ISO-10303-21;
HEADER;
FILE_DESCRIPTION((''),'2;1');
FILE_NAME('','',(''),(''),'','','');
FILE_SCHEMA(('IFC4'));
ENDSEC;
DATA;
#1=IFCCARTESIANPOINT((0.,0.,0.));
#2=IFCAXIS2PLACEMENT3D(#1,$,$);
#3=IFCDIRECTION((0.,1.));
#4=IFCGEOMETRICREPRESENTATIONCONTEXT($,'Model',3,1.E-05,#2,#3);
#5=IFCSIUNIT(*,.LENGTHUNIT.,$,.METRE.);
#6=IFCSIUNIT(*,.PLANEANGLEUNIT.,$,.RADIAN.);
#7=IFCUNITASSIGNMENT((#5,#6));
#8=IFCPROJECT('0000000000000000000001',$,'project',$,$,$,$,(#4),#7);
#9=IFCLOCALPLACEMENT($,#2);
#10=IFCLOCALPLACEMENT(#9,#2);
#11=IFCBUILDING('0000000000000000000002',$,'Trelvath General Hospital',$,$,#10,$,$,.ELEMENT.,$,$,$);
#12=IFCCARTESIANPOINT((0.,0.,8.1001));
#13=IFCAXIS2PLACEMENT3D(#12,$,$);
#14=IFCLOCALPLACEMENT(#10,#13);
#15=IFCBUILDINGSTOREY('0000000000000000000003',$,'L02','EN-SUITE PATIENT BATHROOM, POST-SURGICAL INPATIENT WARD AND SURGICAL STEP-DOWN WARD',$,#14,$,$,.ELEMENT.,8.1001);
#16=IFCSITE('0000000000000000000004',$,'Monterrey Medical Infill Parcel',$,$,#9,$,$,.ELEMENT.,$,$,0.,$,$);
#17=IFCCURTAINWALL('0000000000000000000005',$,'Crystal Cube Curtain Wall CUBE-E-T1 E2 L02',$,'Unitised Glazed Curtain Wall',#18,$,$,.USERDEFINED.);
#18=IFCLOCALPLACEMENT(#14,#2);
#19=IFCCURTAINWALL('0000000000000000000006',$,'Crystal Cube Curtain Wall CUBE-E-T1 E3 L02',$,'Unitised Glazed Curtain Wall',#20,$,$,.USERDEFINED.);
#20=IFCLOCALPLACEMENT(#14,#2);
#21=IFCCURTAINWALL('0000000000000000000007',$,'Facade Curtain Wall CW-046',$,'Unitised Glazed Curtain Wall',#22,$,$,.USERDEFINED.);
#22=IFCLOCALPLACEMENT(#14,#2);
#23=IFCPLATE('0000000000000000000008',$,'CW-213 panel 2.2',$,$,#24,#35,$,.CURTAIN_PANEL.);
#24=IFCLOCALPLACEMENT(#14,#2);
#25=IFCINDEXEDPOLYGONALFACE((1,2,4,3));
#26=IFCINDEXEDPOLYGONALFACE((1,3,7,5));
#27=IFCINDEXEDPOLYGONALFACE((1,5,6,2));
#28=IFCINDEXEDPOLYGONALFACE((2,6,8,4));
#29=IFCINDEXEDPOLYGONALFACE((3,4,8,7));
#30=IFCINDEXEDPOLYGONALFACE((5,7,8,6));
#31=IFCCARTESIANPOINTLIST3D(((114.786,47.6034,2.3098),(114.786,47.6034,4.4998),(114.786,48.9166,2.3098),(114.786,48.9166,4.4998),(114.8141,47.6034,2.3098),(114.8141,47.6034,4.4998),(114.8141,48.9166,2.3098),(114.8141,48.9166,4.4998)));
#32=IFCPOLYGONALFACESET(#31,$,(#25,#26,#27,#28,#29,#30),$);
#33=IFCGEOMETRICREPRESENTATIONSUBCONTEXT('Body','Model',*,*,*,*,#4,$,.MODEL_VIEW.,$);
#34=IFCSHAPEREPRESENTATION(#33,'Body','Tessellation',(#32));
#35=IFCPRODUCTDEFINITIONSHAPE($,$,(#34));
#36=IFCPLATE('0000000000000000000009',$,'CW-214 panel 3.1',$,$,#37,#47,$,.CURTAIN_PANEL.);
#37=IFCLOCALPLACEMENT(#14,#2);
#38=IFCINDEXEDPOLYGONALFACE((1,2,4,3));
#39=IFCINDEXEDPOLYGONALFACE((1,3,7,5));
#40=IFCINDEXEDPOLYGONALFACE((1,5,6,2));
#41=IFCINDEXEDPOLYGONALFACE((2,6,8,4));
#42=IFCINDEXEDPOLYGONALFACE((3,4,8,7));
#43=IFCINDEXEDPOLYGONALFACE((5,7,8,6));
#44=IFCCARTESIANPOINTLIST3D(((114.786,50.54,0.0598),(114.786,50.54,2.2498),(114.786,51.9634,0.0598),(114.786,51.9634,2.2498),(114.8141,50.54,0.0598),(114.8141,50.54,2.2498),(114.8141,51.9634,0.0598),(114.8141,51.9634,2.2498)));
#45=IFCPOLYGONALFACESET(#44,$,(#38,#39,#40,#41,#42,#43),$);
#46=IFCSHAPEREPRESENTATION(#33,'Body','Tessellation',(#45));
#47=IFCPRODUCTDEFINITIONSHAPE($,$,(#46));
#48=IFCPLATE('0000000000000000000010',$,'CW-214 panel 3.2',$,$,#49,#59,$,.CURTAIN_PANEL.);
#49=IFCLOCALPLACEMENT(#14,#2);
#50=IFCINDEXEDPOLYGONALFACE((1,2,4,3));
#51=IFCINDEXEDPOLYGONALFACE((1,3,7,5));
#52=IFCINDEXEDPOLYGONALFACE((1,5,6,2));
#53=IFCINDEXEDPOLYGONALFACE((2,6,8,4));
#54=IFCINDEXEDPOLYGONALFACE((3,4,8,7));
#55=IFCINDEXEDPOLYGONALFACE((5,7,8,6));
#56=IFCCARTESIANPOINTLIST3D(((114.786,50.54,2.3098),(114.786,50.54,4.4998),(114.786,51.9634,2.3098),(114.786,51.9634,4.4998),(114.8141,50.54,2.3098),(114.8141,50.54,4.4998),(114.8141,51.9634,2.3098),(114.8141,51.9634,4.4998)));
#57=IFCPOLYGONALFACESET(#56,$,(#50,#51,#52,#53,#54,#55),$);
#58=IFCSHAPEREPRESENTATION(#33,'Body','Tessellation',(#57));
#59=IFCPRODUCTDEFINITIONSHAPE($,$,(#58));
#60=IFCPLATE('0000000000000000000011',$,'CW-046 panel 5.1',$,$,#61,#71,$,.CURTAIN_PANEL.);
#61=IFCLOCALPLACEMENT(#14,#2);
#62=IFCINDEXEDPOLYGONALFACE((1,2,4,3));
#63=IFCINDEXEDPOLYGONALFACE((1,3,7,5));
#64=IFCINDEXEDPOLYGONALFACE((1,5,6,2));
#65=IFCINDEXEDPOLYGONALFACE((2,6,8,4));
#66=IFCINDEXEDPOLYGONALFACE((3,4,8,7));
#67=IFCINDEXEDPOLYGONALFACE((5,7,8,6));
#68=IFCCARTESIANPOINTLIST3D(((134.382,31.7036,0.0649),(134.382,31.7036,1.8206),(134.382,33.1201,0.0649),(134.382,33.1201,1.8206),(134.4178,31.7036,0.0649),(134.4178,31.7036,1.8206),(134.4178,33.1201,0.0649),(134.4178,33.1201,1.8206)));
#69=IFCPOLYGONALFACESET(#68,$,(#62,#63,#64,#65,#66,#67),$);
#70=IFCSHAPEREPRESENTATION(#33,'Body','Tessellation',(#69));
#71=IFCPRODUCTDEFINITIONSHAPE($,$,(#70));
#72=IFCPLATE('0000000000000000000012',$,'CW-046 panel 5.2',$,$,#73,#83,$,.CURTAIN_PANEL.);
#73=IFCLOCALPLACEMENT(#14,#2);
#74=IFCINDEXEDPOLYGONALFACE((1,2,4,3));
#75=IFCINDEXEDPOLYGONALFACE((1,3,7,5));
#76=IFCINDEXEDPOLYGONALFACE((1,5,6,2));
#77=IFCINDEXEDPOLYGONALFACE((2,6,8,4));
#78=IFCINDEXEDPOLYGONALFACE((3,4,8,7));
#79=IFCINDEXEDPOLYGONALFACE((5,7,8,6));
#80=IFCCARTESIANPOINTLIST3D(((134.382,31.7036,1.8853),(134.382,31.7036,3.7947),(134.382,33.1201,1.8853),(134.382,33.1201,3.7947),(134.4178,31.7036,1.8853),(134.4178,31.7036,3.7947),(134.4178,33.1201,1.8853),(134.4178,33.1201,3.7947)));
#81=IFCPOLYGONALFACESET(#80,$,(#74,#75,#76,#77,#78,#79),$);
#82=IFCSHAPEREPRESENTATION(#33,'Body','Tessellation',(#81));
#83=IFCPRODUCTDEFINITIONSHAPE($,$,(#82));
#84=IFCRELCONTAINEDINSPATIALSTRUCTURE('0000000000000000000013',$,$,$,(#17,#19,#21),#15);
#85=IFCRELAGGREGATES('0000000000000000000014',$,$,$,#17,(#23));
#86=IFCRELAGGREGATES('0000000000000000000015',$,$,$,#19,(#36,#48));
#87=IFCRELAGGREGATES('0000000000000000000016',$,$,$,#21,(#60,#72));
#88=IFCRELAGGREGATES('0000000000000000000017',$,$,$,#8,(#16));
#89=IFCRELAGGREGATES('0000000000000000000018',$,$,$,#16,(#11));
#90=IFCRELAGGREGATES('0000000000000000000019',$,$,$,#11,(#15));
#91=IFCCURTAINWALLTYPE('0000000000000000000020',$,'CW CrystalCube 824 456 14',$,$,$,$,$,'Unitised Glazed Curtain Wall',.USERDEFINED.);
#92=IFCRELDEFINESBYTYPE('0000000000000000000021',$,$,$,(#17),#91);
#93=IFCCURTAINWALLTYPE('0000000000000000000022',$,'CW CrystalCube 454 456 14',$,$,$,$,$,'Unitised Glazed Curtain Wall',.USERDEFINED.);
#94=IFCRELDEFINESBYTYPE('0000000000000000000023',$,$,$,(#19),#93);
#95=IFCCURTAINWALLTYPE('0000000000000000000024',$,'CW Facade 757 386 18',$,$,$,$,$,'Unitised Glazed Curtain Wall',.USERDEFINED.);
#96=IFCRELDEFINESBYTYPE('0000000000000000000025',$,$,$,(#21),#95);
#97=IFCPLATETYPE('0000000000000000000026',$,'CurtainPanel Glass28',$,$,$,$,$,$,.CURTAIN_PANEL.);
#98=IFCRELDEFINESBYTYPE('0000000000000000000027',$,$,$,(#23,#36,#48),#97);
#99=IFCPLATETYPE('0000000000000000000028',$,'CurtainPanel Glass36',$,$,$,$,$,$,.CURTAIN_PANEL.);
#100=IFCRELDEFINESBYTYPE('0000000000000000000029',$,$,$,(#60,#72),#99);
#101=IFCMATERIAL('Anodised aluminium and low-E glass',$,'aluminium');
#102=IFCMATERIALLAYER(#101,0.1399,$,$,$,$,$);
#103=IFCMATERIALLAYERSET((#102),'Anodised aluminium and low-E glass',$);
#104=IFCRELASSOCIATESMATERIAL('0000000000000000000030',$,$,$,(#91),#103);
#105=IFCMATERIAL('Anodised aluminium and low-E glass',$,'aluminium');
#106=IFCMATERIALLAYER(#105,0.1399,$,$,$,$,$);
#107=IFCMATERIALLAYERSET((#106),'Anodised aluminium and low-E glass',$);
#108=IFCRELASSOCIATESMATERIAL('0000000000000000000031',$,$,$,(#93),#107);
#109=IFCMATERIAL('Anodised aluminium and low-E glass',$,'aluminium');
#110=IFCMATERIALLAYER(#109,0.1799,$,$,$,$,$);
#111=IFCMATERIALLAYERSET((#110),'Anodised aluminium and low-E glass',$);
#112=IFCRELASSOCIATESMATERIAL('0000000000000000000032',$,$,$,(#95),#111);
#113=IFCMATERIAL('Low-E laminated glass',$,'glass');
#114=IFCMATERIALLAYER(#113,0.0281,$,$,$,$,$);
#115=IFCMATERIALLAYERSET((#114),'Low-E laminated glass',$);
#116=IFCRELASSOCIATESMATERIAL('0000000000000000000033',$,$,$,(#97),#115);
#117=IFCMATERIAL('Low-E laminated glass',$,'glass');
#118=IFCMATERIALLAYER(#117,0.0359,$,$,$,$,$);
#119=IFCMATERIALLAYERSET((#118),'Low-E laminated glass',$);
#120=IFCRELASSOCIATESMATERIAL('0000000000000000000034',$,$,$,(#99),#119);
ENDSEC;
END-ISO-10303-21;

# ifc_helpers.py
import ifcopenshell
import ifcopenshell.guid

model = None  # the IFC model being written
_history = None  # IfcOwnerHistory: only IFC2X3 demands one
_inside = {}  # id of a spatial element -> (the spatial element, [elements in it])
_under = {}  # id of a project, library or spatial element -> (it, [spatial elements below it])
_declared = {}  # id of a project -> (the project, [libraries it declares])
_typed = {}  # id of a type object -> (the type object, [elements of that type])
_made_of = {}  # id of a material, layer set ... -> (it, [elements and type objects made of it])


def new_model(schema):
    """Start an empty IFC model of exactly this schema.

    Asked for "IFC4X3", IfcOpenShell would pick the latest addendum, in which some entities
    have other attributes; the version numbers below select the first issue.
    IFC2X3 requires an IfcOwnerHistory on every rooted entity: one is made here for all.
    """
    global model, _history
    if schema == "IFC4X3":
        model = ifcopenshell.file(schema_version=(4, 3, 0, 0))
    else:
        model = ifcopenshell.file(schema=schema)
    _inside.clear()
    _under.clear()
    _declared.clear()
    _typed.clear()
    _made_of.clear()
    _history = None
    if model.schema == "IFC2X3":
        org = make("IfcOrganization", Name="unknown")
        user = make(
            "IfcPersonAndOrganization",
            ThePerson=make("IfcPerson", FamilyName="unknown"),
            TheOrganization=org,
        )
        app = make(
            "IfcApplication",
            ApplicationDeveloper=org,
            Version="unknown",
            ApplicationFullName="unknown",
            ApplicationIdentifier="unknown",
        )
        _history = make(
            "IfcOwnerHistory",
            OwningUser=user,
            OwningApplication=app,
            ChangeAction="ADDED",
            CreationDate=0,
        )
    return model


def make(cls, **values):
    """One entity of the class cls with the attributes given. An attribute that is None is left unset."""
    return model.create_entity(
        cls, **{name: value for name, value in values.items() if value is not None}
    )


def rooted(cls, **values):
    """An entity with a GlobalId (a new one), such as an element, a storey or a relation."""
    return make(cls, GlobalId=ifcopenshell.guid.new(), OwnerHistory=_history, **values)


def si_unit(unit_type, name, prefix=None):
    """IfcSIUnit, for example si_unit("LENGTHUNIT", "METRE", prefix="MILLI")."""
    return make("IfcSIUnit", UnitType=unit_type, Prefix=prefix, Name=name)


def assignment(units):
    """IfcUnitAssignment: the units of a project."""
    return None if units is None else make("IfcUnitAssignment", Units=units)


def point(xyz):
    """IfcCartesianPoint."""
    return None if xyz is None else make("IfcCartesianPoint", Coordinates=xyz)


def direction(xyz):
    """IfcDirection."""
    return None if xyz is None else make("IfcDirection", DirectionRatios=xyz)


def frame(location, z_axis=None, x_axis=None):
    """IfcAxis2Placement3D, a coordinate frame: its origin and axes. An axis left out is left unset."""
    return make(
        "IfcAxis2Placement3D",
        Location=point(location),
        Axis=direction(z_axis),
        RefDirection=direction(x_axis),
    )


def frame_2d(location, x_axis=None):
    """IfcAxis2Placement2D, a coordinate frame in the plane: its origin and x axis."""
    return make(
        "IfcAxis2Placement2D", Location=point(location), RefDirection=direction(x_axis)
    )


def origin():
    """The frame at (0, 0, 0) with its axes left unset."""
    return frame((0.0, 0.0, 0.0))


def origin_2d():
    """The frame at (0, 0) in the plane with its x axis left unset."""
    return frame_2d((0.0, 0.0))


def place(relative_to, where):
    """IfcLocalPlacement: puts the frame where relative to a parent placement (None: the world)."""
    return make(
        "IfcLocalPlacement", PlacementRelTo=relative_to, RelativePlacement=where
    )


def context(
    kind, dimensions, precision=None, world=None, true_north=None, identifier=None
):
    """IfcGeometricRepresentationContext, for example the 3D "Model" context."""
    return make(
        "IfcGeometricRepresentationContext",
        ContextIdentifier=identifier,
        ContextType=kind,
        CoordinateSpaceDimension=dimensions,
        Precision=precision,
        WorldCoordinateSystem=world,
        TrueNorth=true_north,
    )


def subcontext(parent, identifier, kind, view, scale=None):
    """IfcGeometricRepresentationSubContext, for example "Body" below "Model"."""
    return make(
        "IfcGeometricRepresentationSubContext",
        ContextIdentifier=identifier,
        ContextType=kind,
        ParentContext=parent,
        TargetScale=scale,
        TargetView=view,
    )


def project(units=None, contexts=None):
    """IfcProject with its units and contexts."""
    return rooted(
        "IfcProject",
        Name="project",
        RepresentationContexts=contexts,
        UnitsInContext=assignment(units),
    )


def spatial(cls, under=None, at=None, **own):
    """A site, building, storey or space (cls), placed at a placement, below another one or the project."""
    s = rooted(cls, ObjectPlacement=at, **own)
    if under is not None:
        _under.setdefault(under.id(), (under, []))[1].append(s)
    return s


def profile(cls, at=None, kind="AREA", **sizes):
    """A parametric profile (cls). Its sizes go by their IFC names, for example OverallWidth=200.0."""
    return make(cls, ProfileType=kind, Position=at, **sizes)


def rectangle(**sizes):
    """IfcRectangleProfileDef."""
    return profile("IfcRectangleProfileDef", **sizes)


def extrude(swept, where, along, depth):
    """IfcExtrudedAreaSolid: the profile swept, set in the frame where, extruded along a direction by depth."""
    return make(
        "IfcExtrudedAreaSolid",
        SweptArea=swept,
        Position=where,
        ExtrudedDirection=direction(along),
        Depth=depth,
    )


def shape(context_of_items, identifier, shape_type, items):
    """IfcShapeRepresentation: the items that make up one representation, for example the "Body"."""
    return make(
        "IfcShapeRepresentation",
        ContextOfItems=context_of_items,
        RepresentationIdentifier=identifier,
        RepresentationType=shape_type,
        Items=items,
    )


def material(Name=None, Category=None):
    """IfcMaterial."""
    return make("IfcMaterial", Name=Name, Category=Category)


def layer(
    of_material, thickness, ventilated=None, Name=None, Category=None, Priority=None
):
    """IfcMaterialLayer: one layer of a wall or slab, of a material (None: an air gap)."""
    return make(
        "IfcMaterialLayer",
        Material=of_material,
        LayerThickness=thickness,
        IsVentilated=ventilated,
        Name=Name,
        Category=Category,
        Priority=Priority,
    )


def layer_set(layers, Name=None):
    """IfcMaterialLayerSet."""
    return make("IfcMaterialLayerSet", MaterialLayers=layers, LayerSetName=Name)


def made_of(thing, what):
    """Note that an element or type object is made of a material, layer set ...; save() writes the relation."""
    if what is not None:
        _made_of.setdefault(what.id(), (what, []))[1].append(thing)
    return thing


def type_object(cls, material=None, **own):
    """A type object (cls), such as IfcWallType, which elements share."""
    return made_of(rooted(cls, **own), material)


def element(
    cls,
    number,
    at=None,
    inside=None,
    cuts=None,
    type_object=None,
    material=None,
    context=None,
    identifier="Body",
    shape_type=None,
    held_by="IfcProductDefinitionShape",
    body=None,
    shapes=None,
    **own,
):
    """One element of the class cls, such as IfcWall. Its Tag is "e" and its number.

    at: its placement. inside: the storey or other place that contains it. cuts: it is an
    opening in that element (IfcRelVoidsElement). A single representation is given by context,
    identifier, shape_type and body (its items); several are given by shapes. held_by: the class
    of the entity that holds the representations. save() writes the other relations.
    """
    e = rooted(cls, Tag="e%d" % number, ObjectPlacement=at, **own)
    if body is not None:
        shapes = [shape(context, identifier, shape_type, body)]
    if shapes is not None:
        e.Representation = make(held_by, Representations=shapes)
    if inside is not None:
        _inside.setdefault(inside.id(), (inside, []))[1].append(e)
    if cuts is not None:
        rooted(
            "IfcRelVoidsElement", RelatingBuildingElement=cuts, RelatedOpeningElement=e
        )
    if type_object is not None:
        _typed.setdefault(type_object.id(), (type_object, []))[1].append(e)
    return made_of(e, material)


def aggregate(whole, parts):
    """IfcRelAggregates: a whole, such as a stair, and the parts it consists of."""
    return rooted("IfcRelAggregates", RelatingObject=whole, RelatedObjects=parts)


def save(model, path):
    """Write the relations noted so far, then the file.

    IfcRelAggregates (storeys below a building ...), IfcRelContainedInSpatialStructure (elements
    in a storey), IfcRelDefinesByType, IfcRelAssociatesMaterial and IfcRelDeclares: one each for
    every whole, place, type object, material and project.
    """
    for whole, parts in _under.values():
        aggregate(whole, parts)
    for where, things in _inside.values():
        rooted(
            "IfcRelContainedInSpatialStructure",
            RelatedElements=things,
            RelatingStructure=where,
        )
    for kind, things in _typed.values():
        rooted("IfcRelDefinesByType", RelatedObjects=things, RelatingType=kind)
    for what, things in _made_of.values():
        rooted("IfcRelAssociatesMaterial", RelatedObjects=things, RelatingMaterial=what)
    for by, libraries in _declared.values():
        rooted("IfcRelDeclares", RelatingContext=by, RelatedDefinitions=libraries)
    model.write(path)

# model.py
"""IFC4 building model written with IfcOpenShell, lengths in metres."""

from ifc_helpers import new_model, si_unit, direction, frame, origin, origin_2d, place, context, subcontext, project, spatial, rectangle, extrude, material, layer, layer_set, type_object, element, aggregate, save


model = new_model("IFC4")

# Units and contexts
model_context = context("Model", 3, precision=1e-05, world=origin(), true_north=direction((0.0, 1.0)))
body_context = subcontext(model_context, "Body", "Model", "MODEL_VIEW")
ifc_project = project(units=[si_unit("LENGTHUNIT", "METRE"), si_unit("PLANEANGLEUNIT", "RADIAN")], contexts=[model_context])

# Site, building, storey
site_placement = place(None, origin())
site = spatial("IfcSite", under=ifc_project, at=site_placement, Name="Monterrey Medical Infill Parcel", CompositionType="ELEMENT", RefElevation=0.0)
building_placement = place(site_placement, origin())
building = spatial("IfcBuilding", under=site, at=building_placement, Name="Trelvath General Hospital", CompositionType="ELEMENT")
storey_placement = place(building_placement, frame((0.0, 0.0, 8.1001)))
storey = spatial("IfcBuildingStorey", under=building, at=storey_placement, Name="L02", Description="EN-SUITE PATIENT BATHROOM, POST-SURGICAL INPATIENT WARD AND SURGICAL STEP-DOWN WARD", CompositionType="ELEMENT", Elevation=8.1001)

# Curtain walls
ifc_material_1 = material(Name="Anodised aluminium and low-E glass", Category="aluminium")
ifc_layer_1 = layer(ifc_material_1, 0.1399)
ifc_layer_set_1 = layer_set([ifc_layer_1], Name="Anodised aluminium and low-E glass")
curtain_wall_type_1 = type_object("IfcCurtainWallType", Name="CW CrystalCube 824 456 14", ElementType="Unitised Glazed Curtain Wall", PredefinedType="USERDEFINED", material=ifc_layer_set_1)
curtain_wall_1_placement = place(storey_placement, origin())
curtain_wall_1 = element("IfcCurtainWall", 1, at=curtain_wall_1_placement, inside=storey, type_object=curtain_wall_type_1, Name="Crystal Cube Curtain Wall CUBE-E-T1 E2 L02", ObjectType="Unitised Glazed Curtain Wall", PredefinedType="USERDEFINED")
ifc_material_2 = material(Name="Anodised aluminium and low-E glass", Category="aluminium")
ifc_layer_2 = layer(ifc_material_2, 0.1399)
ifc_layer_set_2 = layer_set([ifc_layer_2], Name="Anodised aluminium and low-E glass")
curtain_wall_type_2 = type_object("IfcCurtainWallType", Name="CW CrystalCube 454 456 14", ElementType="Unitised Glazed Curtain Wall", PredefinedType="USERDEFINED", material=ifc_layer_set_2)
curtain_wall_2_placement = place(storey_placement, origin())
curtain_wall_2 = element("IfcCurtainWall", 2, at=curtain_wall_2_placement, inside=storey, type_object=curtain_wall_type_2, Name="Crystal Cube Curtain Wall CUBE-E-T1 E3 L02", ObjectType="Unitised Glazed Curtain Wall", PredefinedType="USERDEFINED")

# Curtain wall
ifc_material_3 = material(Name="Anodised aluminium and low-E glass", Category="aluminium")
ifc_layer_3 = layer(ifc_material_3, 0.1799)
ifc_layer_set_3 = layer_set([ifc_layer_3], Name="Anodised aluminium and low-E glass")
curtain_wall_type_3 = type_object("IfcCurtainWallType", Name="CW Facade 757 386 18", ElementType="Unitised Glazed Curtain Wall", PredefinedType="USERDEFINED", material=ifc_layer_set_3)
curtain_wall_3_placement = place(storey_placement, origin())
curtain_wall_3 = element("IfcCurtainWall", 3, at=curtain_wall_3_placement, inside=storey, type_object=curtain_wall_type_3, Name="Facade Curtain Wall CW-046", ObjectType="Unitised Glazed Curtain Wall", PredefinedType="USERDEFINED")

# Plates
ifc_material_4 = material(Name="Low-E laminated glass", Category="glass")
ifc_layer_4 = layer(ifc_material_4, 0.0281)
ifc_layer_set_4 = layer_set([ifc_layer_4], Name="Low-E laminated glass")
plate_type_1 = type_object("IfcPlateType", Name="CurtainPanel Glass28", PredefinedType="CURTAIN_PANEL", material=ifc_layer_set_4)
plate_1_placement = place(storey_placement, frame((114.8, 48.26, 2.3098), z_axis=(0.0, 0.0, 1.0), x_axis=(0.0, -1.0, 0.0)))
plate_1 = element("IfcPlate", 4, at=plate_1_placement, type_object=plate_type_1, Name="CW-213 panel 2.2", PredefinedType="CURTAIN_PANEL", context=body_context, shape_type="SweptSolid", body=[
    extrude(rectangle(XDim=1.3132, YDim=0.0281, at=origin_2d()), origin(), (0.0, 0.0, 1.0), 2.1899),
])
aggregate(curtain_wall_1, [plate_1])
plate_2_placement = place(storey_placement, frame((114.8, 51.2517, 0.0598), z_axis=(0.0, 0.0, 1.0), x_axis=(0.0, -1.0, 0.0)))
plate_2 = element("IfcPlate", 5, at=plate_2_placement, type_object=plate_type_1, Name="CW-214 panel 3.1", PredefinedType="CURTAIN_PANEL", context=body_context, shape_type="SweptSolid", body=[
    extrude(rectangle(XDim=1.4233, YDim=0.0281, at=origin_2d()), origin(), (0.0, 0.0, 1.0), 2.1899),
])
plate_3_placement = place(storey_placement, frame((114.8, 51.2517, 2.3098), z_axis=(0.0, 0.0, 1.0), x_axis=(0.0, -1.0, 0.0)))
plate_3 = element("IfcPlate", 6, at=plate_3_placement, type_object=plate_type_1, Name="CW-214 panel 3.2", PredefinedType="CURTAIN_PANEL", context=body_context, shape_type="SweptSolid", body=[
    extrude(rectangle(XDim=1.4233, YDim=0.0281, at=origin_2d()), origin(), (0.0, 0.0, 1.0), 2.1899),
])
aggregate(curtain_wall_2, [plate_2, plate_3])
ifc_material_5 = material(Name="Low-E laminated glass", Category="glass")
ifc_layer_5 = layer(ifc_material_5, 0.0359)
ifc_layer_set_5 = layer_set([ifc_layer_5], Name="Low-E laminated glass")
plate_type_2 = type_object("IfcPlateType", Name="CurtainPanel Glass36", PredefinedType="CURTAIN_PANEL", material=ifc_layer_set_5)
plate_4_placement = place(storey_placement, frame((134.3999, 32.4119, 0.0649), z_axis=(0.0, 0.0, 1.0), x_axis=(0.0, 1.0, 0.0)))
plate_4 = element("IfcPlate", 7, at=plate_4_placement, type_object=plate_type_2, Name="CW-046 panel 5.1", PredefinedType="CURTAIN_PANEL", context=body_context, shape_type="SweptSolid", body=[
    extrude(rectangle(XDim=1.4165, YDim=0.0359, at=origin_2d()), origin(), (0.0, 0.0, 1.0), 1.7556),
])
plate_5_placement = place(storey_placement, frame((134.3999, 32.4119, 1.8853), z_axis=(0.0, 0.0, 1.0), x_axis=(0.0, 1.0, 0.0)))
plate_5 = element("IfcPlate", 8, at=plate_5_placement, type_object=plate_type_2, Name="CW-046 panel 5.2", PredefinedType="CURTAIN_PANEL", context=body_context, shape_type="SweptSolid", body=[
    extrude(rectangle(XDim=1.4165, YDim=0.0359, at=origin_2d()), origin(), (0.0, 0.0, 1.0), 1.9094),
])
aggregate(curtain_wall_3, [plate_4, plate_5])

save(model, "model.ifc")
